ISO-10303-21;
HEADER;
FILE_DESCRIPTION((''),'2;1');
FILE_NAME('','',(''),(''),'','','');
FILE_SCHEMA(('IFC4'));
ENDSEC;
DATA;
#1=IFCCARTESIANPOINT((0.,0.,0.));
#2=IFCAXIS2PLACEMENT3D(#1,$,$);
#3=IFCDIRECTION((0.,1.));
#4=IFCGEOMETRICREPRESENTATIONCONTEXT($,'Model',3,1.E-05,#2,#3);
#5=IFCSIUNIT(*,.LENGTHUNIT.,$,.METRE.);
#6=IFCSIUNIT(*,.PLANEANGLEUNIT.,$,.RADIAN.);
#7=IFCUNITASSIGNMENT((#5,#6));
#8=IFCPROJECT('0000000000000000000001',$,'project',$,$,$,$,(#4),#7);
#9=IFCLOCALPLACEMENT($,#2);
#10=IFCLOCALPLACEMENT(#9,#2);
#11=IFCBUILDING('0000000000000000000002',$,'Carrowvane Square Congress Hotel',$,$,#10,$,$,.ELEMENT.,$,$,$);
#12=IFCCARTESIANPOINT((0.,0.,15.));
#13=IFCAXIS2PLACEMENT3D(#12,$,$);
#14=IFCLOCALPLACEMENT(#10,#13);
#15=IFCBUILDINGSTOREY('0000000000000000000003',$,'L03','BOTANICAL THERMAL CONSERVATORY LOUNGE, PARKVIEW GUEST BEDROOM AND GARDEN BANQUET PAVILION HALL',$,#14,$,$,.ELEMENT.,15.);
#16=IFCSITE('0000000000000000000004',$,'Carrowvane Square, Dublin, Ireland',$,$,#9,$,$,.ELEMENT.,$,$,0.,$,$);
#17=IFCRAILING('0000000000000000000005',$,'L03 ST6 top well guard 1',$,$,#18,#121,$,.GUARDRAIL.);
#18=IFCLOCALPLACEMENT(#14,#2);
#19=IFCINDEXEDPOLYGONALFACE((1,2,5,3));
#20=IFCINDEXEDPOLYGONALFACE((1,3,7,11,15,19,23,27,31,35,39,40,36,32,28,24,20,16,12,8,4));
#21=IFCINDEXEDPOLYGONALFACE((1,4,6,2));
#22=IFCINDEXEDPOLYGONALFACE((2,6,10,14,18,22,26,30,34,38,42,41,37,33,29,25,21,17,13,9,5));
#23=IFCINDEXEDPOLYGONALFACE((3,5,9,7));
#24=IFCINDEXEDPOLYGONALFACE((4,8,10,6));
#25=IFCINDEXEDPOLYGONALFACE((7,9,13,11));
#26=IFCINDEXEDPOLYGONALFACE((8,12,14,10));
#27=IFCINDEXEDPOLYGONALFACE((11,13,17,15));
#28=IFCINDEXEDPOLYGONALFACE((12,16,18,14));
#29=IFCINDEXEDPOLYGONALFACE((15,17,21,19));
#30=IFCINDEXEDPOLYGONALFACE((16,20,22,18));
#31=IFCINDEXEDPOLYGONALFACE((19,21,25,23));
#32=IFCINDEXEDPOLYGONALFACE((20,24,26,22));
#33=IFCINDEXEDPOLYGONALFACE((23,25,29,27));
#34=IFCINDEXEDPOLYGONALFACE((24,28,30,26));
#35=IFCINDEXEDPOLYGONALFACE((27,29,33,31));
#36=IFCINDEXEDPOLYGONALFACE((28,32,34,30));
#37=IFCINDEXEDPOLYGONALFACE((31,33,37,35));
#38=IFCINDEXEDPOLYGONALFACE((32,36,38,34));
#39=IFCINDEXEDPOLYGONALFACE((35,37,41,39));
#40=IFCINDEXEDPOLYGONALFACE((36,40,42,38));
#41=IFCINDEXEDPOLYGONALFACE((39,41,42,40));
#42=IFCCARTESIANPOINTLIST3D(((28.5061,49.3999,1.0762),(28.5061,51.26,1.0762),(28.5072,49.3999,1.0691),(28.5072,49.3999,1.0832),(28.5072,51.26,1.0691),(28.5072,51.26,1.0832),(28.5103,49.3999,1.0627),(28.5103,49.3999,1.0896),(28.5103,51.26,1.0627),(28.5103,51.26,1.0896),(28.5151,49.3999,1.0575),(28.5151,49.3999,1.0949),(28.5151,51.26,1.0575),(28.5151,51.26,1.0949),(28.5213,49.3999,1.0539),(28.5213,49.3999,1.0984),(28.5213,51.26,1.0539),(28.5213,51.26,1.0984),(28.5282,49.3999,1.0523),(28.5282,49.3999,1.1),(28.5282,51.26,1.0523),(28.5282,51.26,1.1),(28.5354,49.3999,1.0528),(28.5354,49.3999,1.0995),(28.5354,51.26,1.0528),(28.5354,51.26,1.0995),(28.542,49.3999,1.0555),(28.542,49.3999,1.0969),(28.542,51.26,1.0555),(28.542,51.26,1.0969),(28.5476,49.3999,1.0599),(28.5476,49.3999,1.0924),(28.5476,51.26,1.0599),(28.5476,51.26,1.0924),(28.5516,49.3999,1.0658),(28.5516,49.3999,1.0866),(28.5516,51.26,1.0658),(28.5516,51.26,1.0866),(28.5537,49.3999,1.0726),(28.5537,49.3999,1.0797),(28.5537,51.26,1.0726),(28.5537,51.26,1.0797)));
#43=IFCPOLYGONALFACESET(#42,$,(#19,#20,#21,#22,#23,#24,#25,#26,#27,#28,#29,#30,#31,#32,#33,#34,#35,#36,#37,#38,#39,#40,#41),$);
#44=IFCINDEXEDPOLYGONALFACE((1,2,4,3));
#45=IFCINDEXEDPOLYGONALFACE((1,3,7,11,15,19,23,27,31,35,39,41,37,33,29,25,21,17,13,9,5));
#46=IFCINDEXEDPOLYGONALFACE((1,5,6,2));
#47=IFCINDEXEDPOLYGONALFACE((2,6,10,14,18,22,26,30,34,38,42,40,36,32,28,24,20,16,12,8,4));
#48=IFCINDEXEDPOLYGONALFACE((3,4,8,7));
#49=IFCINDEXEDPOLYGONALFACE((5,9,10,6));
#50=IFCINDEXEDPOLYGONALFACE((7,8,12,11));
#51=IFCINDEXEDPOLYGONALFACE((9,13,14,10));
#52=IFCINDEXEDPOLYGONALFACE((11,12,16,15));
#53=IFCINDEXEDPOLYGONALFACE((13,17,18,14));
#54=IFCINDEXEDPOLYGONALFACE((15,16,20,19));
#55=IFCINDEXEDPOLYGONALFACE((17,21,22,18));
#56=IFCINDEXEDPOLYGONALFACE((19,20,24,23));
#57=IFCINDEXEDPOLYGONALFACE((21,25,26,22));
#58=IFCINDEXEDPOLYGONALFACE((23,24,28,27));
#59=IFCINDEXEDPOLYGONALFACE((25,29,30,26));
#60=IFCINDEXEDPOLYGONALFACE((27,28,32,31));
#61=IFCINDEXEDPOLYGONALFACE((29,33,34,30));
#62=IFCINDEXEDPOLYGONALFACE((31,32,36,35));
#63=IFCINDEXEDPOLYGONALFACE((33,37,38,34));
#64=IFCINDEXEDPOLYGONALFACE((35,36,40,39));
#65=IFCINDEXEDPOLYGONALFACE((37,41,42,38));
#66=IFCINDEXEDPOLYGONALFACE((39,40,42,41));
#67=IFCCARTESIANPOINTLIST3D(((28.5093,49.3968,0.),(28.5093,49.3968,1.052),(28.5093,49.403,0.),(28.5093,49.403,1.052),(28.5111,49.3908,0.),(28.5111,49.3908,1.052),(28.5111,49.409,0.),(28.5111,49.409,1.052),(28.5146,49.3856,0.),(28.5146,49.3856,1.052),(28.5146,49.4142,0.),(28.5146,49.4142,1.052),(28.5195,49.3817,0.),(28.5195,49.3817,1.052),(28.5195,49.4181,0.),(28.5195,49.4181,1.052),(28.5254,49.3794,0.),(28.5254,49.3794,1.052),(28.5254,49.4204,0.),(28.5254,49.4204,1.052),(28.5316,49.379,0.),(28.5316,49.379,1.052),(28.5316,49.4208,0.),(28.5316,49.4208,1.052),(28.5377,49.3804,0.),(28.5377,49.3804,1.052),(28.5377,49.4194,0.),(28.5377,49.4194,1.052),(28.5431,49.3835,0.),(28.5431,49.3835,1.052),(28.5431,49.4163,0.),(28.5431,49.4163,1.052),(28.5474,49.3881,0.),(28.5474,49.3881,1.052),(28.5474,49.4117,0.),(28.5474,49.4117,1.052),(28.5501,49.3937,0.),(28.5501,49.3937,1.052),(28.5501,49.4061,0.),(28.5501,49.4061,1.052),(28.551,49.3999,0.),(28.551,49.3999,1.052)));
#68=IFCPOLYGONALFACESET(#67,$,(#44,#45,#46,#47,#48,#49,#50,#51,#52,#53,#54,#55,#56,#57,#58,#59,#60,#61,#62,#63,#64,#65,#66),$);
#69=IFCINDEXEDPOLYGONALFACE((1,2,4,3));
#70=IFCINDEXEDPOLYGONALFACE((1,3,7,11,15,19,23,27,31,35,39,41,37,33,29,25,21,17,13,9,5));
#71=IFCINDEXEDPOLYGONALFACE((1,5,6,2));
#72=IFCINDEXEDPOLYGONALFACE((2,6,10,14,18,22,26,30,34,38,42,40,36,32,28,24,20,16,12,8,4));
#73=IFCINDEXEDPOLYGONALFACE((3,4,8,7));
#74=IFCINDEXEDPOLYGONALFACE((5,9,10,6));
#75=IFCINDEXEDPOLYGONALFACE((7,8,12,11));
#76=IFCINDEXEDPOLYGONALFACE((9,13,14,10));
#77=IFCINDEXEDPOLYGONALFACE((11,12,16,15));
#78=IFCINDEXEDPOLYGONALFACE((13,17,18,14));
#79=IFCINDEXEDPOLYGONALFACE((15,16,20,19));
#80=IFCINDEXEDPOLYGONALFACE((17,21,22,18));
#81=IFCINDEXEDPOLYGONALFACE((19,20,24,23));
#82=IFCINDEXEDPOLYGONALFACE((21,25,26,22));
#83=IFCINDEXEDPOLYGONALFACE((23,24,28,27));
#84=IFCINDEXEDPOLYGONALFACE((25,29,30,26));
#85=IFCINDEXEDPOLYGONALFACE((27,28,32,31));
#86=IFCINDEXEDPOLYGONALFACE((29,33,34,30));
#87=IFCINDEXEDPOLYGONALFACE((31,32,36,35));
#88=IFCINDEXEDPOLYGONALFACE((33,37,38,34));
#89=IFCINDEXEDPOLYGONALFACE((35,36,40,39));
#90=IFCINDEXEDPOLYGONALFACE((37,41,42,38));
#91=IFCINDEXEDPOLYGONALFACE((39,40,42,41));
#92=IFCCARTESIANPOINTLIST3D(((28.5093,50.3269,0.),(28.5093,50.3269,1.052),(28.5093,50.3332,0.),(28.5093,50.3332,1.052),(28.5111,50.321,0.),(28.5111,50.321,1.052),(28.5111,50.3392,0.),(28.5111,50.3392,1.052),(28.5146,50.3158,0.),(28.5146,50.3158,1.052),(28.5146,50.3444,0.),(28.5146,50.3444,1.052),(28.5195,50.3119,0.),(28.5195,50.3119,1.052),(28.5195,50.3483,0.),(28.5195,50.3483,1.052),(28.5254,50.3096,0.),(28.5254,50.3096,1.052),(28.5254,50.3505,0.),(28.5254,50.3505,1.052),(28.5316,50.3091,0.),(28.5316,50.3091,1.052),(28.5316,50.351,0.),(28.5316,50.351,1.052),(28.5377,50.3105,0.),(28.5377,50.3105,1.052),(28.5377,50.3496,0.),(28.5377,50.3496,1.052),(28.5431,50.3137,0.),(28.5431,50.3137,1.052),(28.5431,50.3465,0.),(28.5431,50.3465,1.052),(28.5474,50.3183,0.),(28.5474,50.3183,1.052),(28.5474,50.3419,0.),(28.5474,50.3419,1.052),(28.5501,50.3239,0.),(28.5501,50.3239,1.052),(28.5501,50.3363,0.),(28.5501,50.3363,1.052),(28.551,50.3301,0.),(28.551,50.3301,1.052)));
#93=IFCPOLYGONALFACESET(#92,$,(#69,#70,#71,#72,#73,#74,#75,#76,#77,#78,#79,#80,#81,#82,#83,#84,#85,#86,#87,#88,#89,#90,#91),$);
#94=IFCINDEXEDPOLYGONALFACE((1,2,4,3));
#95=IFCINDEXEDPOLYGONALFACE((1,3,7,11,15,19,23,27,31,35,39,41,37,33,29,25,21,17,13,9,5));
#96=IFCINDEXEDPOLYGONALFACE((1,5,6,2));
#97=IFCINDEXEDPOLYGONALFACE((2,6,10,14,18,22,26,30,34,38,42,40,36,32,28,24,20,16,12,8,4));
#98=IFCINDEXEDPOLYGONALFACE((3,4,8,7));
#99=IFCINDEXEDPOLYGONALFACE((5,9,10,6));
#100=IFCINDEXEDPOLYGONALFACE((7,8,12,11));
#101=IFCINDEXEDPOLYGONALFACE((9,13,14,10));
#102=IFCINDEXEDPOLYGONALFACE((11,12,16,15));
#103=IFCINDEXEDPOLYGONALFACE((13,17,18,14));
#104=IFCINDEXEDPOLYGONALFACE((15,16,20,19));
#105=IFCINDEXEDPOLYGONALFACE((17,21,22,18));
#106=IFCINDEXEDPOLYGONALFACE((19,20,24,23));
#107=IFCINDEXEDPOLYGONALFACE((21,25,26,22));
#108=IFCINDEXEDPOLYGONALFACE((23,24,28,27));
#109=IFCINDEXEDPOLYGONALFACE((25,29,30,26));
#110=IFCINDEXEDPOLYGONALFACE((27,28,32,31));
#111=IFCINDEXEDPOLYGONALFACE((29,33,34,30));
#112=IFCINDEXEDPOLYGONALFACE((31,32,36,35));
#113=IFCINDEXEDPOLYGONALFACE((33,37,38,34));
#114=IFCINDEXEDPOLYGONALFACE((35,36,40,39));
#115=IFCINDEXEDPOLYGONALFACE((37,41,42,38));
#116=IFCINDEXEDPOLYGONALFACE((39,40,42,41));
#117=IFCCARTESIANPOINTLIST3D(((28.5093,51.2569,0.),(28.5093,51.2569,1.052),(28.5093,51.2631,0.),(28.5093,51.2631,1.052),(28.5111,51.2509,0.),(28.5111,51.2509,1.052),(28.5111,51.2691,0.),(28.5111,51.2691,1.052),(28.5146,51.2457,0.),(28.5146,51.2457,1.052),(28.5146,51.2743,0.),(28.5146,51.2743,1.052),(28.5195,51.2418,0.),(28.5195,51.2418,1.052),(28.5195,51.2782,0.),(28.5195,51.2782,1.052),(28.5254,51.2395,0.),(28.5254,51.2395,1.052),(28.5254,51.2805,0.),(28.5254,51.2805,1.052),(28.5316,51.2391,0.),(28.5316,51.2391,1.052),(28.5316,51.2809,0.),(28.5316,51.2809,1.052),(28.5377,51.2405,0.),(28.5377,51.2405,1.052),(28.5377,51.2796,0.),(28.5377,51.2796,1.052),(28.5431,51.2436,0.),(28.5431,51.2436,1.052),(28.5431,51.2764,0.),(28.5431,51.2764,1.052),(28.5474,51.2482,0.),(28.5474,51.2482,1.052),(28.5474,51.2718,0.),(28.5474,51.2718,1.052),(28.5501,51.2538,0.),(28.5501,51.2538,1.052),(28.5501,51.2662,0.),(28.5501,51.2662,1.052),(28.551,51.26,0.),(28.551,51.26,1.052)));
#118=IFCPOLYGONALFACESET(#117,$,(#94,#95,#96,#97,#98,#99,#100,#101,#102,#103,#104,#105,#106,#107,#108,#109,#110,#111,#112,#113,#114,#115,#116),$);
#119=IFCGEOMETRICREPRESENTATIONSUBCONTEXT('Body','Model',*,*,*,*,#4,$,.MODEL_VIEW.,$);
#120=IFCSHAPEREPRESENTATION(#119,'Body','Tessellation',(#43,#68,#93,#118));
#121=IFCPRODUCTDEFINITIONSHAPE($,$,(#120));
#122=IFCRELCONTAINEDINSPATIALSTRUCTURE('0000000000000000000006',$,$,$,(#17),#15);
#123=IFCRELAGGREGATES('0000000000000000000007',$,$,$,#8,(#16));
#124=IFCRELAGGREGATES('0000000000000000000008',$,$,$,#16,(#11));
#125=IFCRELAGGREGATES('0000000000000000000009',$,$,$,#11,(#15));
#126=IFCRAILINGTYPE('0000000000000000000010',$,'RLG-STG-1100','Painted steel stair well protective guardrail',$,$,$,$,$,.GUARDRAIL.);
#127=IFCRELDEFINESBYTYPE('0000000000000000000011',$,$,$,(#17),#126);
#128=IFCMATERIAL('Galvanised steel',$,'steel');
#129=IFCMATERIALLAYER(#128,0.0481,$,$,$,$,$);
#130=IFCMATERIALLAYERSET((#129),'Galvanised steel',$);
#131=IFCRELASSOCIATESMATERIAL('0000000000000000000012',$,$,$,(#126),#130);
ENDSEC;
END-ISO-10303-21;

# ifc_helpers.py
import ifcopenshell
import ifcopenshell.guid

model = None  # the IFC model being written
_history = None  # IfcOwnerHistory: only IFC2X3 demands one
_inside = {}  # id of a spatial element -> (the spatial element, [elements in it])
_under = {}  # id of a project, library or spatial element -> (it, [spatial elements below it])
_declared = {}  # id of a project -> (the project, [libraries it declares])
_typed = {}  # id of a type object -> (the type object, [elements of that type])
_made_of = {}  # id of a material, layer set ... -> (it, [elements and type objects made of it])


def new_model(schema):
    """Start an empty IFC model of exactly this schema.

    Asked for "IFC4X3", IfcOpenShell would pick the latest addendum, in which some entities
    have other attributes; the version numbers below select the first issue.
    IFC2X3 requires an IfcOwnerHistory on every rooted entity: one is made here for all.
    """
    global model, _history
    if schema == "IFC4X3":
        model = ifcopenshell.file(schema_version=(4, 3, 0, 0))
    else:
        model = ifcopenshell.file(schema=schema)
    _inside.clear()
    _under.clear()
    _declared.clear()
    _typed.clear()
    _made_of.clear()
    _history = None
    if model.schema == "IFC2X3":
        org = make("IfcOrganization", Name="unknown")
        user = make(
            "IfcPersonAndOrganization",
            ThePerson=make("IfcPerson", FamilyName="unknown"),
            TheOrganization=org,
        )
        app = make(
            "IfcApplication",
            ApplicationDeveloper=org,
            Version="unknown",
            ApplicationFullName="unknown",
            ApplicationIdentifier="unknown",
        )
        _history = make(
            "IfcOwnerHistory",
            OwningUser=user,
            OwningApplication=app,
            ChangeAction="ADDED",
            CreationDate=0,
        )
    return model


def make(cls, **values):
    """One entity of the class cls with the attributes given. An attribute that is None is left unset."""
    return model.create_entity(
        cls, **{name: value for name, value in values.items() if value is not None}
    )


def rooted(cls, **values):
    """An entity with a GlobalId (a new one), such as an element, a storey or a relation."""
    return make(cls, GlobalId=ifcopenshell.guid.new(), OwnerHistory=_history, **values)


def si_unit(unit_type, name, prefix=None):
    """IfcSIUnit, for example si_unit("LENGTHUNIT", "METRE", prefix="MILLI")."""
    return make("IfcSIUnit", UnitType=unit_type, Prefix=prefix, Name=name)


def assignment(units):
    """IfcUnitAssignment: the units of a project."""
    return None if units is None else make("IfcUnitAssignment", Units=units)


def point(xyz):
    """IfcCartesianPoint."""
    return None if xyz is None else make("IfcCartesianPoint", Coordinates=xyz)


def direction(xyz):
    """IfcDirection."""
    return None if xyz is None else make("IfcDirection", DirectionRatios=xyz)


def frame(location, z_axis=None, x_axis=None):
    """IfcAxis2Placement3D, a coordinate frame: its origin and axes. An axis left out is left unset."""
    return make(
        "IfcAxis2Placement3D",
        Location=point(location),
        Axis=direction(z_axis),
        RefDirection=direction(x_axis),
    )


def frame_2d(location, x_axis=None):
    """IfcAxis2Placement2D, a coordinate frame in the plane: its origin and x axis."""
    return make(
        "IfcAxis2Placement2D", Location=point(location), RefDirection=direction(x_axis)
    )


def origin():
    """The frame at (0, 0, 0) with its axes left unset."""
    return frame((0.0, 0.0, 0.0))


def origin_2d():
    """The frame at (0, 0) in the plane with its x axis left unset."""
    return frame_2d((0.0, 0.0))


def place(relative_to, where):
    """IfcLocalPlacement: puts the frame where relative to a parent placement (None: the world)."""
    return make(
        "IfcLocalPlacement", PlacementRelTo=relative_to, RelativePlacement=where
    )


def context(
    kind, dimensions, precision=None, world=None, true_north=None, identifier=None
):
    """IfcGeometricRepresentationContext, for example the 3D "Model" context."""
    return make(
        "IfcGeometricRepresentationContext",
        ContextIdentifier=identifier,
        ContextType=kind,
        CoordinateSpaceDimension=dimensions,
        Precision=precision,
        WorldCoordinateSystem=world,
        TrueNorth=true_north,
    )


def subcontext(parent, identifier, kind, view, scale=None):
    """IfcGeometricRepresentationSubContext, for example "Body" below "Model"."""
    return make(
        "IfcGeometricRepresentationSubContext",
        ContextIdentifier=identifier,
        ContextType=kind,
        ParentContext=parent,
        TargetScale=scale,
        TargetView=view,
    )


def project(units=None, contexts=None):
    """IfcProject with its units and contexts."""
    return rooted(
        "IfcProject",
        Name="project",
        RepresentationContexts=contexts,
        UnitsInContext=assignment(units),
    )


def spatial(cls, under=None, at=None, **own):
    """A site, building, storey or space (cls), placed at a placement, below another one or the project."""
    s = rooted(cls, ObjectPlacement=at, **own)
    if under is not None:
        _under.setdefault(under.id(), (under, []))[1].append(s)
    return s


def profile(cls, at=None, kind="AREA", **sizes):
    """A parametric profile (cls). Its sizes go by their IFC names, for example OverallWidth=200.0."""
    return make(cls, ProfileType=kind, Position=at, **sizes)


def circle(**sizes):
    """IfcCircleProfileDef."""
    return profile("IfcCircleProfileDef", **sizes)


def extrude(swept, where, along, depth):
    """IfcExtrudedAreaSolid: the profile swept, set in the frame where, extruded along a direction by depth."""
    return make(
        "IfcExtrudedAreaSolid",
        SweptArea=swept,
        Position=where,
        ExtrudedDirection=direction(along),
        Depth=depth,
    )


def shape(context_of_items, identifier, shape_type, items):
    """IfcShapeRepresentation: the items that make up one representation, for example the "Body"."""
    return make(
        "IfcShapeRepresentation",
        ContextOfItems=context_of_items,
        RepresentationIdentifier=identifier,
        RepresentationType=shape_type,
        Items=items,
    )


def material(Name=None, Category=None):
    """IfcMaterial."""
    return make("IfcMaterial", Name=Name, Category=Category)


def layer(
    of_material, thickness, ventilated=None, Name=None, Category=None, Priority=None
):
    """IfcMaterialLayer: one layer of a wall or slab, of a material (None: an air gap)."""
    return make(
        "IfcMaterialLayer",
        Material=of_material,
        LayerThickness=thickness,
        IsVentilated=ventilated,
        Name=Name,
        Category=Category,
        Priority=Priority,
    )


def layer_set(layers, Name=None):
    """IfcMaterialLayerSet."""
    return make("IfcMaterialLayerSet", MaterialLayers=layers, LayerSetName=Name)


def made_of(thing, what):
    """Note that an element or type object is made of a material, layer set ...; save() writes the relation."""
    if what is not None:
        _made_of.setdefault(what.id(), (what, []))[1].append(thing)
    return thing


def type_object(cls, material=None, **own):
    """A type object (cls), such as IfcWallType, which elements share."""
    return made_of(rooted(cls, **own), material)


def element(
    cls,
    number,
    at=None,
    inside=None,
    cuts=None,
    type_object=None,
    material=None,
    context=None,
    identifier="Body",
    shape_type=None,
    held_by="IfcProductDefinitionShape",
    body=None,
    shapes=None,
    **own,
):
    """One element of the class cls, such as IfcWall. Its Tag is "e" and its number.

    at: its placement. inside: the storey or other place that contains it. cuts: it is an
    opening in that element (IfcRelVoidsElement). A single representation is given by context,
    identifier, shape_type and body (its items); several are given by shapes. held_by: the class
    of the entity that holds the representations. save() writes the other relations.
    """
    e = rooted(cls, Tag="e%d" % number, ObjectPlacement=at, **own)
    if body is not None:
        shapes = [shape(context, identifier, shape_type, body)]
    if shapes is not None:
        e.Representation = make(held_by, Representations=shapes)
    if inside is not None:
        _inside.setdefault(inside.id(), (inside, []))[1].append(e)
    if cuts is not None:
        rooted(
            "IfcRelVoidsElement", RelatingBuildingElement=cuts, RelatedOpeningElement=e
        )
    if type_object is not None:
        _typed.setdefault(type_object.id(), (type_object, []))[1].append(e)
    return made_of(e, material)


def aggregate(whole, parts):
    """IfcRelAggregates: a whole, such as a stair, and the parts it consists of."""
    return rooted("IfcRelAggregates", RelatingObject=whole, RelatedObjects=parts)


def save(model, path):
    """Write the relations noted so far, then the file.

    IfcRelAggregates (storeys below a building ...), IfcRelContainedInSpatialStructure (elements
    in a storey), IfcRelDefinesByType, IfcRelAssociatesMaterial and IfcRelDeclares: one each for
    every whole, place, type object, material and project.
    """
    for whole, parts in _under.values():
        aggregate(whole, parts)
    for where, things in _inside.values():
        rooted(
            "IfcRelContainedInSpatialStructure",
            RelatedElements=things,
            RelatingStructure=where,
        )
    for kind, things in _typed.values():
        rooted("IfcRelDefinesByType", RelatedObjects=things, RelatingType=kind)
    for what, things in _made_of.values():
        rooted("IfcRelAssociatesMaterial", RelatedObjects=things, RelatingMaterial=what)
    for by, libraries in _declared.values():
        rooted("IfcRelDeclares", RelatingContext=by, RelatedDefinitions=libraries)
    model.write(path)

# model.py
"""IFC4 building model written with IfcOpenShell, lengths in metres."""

from ifc_helpers import new_model, si_unit, direction, frame, origin, origin_2d, place, context, subcontext, project, spatial, circle, extrude, material, layer, layer_set, type_object, element, save


model = new_model("IFC4")

# Units and contexts
model_context = context("Model", 3, precision=1e-05, world=origin(), true_north=direction((0.0, 1.0)))
body_context = subcontext(model_context, "Body", "Model", "MODEL_VIEW")
ifc_project = project(units=[si_unit("LENGTHUNIT", "METRE"), si_unit("PLANEANGLEUNIT", "RADIAN")], contexts=[model_context])

# Site, building, storey
site_placement = place(None, origin())
site = spatial("IfcSite", under=ifc_project, at=site_placement, Name="Carrowvane Square, Dublin, Ireland", CompositionType="ELEMENT", RefElevation=0.0)
building_placement = place(site_placement, origin())
building = spatial("IfcBuilding", under=site, at=building_placement, Name="Carrowvane Square Congress Hotel", CompositionType="ELEMENT")
storey_placement = place(building_placement, frame((0.0, 0.0, 15.0)))
storey = spatial("IfcBuildingStorey", under=building, at=storey_placement, Name="L03", Description="BOTANICAL THERMAL CONSERVATORY LOUNGE, PARKVIEW GUEST BEDROOM AND GARDEN BANQUET PAVILION HALL", CompositionType="ELEMENT", Elevation=15.0)

# Railing
ifc_material_1 = material(Name="Galvanised steel", Category="steel")
ifc_layer_1 = layer(ifc_material_1, 0.0481)
ifc_layer_set_1 = layer_set([ifc_layer_1], Name="Galvanised steel")
railing_type = type_object("IfcRailingType", Name="RLG-STG-1100", Description="Painted steel stair well protective guardrail", PredefinedType="GUARDRAIL", material=ifc_layer_set_1)
railing_placement = place(storey_placement, frame((28.53, 49.3999, 0.0)))
element("IfcRailing", 1, at=railing_placement, inside=storey, type_object=railing_type, Name="L03 ST6 top well guard 1", PredefinedType="GUARDRAIL", context=body_context, shape_type="SweptSolid", body=[
    extrude(circle(Radius=0.0239, at=origin_2d()), frame((0.0, 0.0, 1.0762), z_axis=(0.0, 1.0, 0.0), x_axis=(-1.0, 0.0, 0.0)), (0.0, 0.0, 1.0), 1.8601),
    extrude(circle(Radius=0.021, at=origin_2d()), origin(), (0.0, 0.0, 1.0), 1.052),
    extrude(circle(Radius=0.021, at=origin_2d()), frame((0.0, 0.9302, 0.0)), (0.0, 0.0, 1.0), 1.052),
    extrude(circle(Radius=0.021, at=origin_2d()), frame((0.0, 1.8601, 0.0)), (0.0, 0.0, 1.0), 1.052),
])

save(model, "model.ifc")
